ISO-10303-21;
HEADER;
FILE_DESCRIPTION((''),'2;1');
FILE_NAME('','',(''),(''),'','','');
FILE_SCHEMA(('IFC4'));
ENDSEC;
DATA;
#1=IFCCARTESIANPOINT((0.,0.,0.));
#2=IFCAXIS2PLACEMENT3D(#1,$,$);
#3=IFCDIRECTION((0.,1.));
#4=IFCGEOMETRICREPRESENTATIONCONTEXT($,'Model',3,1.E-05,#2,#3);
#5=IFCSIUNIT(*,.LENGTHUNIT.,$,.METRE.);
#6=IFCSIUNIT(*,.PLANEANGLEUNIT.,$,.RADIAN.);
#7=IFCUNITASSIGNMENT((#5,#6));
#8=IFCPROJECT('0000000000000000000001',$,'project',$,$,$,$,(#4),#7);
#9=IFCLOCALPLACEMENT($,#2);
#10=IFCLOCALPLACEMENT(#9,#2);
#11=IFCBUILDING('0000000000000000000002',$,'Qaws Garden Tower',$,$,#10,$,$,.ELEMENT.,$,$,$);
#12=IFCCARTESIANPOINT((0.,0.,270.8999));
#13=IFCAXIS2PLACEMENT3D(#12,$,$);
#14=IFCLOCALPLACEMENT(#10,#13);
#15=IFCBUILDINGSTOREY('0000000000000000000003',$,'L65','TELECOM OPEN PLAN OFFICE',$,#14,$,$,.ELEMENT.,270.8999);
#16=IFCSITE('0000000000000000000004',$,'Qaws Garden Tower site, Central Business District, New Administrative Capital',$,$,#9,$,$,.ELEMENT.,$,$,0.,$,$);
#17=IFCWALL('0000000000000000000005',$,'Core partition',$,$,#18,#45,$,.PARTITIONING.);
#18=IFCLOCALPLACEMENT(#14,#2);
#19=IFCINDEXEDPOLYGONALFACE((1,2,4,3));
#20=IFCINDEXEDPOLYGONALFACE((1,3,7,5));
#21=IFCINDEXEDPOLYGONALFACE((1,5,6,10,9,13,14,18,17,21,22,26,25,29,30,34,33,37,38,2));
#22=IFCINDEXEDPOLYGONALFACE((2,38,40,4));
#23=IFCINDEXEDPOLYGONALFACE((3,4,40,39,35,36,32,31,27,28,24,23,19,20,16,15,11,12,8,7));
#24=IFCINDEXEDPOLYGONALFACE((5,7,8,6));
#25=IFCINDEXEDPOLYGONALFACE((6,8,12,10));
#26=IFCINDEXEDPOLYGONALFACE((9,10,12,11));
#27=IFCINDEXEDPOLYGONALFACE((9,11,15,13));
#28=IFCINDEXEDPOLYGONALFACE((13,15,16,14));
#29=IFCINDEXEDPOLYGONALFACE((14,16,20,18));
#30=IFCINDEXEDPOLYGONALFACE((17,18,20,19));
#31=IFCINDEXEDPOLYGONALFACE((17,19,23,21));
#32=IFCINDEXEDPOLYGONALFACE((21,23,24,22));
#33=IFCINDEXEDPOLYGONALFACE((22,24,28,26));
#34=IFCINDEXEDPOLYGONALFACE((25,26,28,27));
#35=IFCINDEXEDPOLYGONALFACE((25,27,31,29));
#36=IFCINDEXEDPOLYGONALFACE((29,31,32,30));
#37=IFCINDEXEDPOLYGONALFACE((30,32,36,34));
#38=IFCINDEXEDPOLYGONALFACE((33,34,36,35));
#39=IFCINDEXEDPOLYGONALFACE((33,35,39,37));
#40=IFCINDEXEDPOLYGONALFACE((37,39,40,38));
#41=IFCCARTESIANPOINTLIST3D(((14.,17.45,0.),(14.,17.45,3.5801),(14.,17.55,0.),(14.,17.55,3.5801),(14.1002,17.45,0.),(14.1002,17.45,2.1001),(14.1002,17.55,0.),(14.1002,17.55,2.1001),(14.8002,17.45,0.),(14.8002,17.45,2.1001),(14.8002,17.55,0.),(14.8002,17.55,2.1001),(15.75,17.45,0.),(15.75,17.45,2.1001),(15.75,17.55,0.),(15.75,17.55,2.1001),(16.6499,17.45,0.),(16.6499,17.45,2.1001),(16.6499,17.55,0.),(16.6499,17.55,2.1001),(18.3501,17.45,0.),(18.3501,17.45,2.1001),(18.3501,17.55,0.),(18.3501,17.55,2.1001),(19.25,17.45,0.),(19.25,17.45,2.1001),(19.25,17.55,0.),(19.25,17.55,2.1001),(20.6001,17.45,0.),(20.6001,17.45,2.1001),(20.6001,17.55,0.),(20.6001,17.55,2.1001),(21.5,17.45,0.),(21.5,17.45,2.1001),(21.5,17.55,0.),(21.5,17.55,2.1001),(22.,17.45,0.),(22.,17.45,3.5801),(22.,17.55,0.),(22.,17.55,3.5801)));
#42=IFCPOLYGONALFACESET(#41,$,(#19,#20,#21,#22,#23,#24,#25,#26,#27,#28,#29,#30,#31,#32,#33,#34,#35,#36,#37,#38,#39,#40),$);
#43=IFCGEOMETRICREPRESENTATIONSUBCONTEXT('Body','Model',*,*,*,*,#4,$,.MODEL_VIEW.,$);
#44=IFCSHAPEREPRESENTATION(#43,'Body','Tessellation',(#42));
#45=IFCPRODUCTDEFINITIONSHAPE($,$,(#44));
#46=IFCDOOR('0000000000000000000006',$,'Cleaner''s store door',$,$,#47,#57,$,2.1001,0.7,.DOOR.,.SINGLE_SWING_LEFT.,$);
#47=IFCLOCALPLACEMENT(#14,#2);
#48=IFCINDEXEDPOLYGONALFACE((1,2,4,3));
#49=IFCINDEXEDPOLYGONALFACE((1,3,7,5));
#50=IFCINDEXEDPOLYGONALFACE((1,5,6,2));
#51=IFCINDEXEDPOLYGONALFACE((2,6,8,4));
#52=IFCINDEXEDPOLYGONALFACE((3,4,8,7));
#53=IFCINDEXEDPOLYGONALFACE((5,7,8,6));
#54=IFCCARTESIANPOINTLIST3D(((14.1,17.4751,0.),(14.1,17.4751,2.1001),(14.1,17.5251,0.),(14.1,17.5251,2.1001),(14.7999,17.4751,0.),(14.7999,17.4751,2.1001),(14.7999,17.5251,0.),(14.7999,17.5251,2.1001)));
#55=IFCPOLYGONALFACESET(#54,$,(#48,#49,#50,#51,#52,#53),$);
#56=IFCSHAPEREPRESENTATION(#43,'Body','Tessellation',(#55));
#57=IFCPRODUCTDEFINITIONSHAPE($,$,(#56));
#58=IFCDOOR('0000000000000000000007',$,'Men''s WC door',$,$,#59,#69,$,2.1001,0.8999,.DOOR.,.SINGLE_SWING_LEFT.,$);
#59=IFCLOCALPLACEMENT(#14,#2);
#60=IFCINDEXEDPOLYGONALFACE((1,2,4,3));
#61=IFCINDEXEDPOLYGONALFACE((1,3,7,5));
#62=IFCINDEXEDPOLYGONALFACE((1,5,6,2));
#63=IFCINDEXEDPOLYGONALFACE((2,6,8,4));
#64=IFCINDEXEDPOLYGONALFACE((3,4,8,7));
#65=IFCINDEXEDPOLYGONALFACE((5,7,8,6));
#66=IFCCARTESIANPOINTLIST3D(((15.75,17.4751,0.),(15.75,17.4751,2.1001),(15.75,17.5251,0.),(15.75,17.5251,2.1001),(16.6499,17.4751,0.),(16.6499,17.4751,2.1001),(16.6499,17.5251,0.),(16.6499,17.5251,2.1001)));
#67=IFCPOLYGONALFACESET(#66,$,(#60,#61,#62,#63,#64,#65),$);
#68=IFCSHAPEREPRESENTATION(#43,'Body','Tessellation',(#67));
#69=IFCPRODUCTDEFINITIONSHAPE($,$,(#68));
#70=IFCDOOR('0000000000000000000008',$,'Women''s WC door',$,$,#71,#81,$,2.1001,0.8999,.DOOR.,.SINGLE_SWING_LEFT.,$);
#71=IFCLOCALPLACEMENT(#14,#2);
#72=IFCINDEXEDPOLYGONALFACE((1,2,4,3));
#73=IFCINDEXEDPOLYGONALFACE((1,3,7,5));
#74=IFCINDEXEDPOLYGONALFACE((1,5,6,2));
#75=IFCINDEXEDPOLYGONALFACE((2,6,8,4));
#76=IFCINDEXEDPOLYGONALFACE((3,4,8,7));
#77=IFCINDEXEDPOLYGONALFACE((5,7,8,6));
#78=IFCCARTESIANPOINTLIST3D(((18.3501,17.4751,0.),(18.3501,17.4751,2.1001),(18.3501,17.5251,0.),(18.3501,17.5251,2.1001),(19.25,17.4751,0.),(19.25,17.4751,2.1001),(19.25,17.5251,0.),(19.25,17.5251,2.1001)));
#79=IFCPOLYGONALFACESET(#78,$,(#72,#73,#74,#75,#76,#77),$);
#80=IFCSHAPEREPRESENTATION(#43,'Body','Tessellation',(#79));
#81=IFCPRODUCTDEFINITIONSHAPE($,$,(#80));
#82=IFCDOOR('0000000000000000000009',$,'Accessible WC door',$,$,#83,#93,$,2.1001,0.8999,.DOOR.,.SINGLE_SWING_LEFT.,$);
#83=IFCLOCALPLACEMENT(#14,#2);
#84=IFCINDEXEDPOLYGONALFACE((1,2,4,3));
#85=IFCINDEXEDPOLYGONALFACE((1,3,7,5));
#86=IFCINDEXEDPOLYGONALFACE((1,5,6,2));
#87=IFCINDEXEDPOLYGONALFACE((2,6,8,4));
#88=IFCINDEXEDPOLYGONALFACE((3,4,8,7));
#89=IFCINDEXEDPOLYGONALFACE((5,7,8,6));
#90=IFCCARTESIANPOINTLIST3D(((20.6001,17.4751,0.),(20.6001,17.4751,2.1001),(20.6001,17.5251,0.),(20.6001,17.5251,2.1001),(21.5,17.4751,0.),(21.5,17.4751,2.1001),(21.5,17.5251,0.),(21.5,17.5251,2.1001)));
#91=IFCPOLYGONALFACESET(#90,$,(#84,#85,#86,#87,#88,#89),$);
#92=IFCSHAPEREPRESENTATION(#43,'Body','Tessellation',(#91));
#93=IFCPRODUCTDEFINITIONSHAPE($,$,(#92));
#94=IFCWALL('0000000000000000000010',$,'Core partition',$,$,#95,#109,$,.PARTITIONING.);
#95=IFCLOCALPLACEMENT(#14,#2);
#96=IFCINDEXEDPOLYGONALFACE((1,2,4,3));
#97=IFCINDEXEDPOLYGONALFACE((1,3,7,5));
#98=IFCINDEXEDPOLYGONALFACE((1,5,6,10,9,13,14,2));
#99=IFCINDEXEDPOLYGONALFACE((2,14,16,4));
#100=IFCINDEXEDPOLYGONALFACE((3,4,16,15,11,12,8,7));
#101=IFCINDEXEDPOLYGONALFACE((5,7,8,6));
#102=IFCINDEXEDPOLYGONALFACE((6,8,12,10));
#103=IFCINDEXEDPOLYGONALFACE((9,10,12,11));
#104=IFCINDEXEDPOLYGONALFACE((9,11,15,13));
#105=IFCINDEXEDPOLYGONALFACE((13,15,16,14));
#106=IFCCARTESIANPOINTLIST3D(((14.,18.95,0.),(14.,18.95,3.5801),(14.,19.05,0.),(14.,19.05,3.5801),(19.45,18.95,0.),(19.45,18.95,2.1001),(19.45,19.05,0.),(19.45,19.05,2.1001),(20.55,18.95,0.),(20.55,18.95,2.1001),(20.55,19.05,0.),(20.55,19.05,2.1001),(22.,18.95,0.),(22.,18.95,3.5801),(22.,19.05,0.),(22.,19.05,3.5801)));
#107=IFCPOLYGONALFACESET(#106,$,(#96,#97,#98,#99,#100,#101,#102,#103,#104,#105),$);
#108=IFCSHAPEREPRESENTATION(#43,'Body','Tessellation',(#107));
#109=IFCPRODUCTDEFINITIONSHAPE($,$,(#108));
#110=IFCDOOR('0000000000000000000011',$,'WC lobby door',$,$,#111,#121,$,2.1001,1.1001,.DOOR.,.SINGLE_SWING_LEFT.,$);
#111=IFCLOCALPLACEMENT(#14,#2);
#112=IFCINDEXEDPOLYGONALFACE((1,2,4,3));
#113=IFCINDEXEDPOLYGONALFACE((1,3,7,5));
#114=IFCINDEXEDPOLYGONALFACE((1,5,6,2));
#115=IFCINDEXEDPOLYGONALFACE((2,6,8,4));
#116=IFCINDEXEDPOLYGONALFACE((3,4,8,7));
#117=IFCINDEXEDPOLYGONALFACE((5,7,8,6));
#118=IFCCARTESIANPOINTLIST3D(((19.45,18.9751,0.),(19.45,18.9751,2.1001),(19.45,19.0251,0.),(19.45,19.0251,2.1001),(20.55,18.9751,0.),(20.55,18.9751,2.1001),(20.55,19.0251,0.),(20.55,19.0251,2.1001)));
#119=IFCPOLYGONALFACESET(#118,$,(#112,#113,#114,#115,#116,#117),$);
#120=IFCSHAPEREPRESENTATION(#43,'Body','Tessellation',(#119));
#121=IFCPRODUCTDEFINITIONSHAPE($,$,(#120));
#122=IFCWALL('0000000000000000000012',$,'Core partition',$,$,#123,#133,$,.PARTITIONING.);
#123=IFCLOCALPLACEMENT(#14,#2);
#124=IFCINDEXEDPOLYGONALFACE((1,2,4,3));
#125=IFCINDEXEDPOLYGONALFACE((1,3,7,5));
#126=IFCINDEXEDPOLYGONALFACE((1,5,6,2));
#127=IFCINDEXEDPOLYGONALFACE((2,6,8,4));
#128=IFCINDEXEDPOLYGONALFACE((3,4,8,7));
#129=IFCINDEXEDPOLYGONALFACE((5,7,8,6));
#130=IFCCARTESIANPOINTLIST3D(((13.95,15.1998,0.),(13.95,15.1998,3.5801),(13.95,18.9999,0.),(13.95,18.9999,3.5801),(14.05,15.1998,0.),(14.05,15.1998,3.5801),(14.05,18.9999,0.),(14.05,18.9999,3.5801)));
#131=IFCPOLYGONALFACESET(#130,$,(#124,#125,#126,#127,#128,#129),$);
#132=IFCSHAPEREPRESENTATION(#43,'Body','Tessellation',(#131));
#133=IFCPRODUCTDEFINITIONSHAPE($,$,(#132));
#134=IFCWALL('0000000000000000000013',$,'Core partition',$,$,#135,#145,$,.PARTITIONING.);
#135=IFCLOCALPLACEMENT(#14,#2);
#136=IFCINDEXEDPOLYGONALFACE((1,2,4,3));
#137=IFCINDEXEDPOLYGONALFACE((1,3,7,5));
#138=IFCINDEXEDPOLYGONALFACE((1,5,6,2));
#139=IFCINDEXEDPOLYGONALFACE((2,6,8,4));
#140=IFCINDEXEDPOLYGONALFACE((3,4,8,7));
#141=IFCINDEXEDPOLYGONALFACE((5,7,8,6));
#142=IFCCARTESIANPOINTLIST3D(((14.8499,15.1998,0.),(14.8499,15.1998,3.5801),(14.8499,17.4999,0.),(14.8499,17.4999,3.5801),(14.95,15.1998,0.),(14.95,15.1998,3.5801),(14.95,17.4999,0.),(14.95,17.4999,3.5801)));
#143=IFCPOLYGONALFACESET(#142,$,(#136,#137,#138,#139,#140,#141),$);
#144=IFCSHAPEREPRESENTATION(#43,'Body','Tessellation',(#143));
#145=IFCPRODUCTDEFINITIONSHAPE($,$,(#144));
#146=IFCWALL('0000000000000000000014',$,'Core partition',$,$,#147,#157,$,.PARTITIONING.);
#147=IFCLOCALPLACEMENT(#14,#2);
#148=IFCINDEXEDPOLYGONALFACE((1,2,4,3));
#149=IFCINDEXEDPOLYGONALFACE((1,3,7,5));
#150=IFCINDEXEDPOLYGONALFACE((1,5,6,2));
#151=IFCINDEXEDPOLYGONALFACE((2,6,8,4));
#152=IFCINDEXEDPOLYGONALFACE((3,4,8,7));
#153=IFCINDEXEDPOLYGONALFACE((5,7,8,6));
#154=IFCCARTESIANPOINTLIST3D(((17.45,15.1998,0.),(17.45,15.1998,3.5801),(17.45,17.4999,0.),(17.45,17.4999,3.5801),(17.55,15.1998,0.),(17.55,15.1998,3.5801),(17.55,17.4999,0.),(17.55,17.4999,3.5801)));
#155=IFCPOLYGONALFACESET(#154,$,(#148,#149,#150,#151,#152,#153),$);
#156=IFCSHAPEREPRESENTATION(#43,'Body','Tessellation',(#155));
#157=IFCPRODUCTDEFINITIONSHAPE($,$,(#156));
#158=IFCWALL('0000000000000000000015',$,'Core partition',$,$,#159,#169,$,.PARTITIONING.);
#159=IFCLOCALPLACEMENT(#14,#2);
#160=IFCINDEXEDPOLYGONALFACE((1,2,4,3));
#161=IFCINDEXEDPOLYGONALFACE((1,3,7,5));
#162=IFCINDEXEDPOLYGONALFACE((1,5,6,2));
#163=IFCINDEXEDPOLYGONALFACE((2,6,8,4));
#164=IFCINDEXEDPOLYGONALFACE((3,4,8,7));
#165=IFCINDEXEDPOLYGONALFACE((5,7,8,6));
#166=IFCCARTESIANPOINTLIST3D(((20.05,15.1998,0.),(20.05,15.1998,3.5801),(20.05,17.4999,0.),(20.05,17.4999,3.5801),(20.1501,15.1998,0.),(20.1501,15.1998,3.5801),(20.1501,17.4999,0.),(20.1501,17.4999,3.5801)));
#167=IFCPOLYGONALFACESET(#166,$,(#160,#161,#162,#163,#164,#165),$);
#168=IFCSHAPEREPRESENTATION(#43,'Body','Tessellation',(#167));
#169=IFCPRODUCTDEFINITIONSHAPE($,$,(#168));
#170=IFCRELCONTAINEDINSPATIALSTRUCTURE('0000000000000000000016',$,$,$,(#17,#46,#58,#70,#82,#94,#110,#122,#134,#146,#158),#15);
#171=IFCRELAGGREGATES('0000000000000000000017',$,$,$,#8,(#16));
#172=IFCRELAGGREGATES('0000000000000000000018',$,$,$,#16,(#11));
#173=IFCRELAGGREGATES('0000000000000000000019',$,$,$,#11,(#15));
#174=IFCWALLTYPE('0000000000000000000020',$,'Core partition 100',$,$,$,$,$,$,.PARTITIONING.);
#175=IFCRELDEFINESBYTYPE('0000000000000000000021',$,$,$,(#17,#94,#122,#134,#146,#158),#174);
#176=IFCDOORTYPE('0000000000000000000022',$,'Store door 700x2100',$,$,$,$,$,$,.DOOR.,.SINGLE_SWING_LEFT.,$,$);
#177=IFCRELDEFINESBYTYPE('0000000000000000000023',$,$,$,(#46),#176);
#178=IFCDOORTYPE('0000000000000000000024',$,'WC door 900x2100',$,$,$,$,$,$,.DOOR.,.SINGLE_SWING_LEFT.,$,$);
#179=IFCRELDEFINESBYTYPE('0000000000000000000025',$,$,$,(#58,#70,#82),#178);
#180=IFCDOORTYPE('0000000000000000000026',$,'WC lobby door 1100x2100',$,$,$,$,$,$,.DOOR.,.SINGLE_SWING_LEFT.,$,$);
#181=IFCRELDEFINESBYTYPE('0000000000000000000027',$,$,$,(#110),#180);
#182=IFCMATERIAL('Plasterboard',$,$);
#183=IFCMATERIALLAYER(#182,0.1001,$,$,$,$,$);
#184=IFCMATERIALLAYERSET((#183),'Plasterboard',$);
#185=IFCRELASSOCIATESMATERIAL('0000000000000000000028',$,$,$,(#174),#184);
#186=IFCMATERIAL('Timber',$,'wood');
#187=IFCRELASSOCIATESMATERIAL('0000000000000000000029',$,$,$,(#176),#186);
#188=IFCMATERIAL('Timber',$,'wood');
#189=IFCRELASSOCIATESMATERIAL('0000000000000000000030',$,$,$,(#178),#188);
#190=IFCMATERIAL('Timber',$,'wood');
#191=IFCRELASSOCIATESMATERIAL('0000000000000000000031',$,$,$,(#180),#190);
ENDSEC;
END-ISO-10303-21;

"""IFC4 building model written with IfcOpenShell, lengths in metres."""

from ifc_helpers import new_model, si_unit, direction, frame, frame_2d, origin, place, context, subcontext, project, spatial, rectangle, extrude, material, layer, layer_set, type_object, element, fill, save


model = new_model("IFC4")

# Units and contexts
model_context = context("Model", 3, precision=1e-05, world=origin(), true_north=direction((0.0, 1.0)))
body_context = subcontext(model_context, "Body", "Model", "MODEL_VIEW")
ifc_project = project(units=[si_unit("LENGTHUNIT", "METRE"), si_unit("PLANEANGLEUNIT", "RADIAN")], contexts=[model_context])

# Site, building, storey
site_placement = place(None, origin())
site = spatial("IfcSite", under=ifc_project, at=site_placement, Name="Qaws Garden Tower site, Central Business District, New Administrative Capital", CompositionType="ELEMENT", RefElevation=0.0)
building_placement = place(site_placement, origin())
building = spatial("IfcBuilding", under=site, at=building_placement, Name="Qaws Garden Tower", CompositionType="ELEMENT")
storey_placement = place(building_placement, frame((0.0, 0.0, 270.8999)))
storey = spatial("IfcBuildingStorey", under=building, at=storey_placement, Name="L65", Description="TELECOM OPEN PLAN OFFICE", CompositionType="ELEMENT", Elevation=270.8999)

# Wall, openings, doors
ifc_material_1 = material(Name="Plasterboard")
ifc_layer_1 = layer(ifc_material_1, 0.1001)
ifc_layer_set_1 = layer_set([ifc_layer_1], Name="Plasterboard")
wall_type_1 = type_object("IfcWallType", Name="Core partition 100", PredefinedType="PARTITIONING", material=ifc_layer_set_1)
wall_1_placement = place(storey_placement, frame((14.0, 17.5, 0.0), z_axis=(0.0, 0.0, 1.0), x_axis=(1.0, 0.0, 0.0)))
wall_1 = element("IfcWall", 1, at=wall_1_placement, inside=storey, type_object=wall_type_1, Name="Core partition", PredefinedType="PARTITIONING", context=body_context, shape_type="SweptSolid", body=[
    extrude(rectangle(XDim=8.0, YDim=0.1001, at=frame_2d((4.0, 0.0))), origin(), (0.0, 0.0, 1.0), 3.5801),
])
opening_1_placement = place(wall_1_placement, frame((0.1001, 0.0, 0.0)))
opening_1 = element("IfcOpeningElement", 2, at=opening_1_placement, cuts=wall_1, PredefinedType="OPENING", context=body_context, shape_type="SweptSolid", body=[
    extrude(rectangle(XDim=0.7, YDim=2.1001, at=frame_2d((0.3501, 1.05))), frame((0.0, 0.0601, 0.0), z_axis=(0.0, -1.0, 0.0), x_axis=(1.0, 0.0, 0.0)), (0.0, 0.0, 1.0), 0.1201),
])
opening_2_placement = place(wall_1_placement, frame((1.75, 0.0, 0.0)))
opening_2 = element("IfcOpeningElement", 3, at=opening_2_placement, cuts=wall_1, PredefinedType="OPENING", context=body_context, shape_type="SweptSolid", body=[
    extrude(rectangle(XDim=0.8999, YDim=2.1001, at=frame_2d((0.45, 1.05))), frame((0.0, 0.0601, 0.0), z_axis=(0.0, -1.0, 0.0), x_axis=(1.0, 0.0, 0.0)), (0.0, 0.0, 1.0), 0.1201),
])
opening_3_placement = place(wall_1_placement, frame((4.3501, 0.0, 0.0)))
opening_3 = element("IfcOpeningElement", 4, at=opening_3_placement, cuts=wall_1, PredefinedType="OPENING", context=body_context, shape_type="SweptSolid", body=[
    extrude(rectangle(XDim=0.8999, YDim=2.1001, at=frame_2d((0.45, 1.05))), frame((0.0, 0.0601, 0.0), z_axis=(0.0, -1.0, 0.0), x_axis=(1.0, 0.0, 0.0)), (0.0, 0.0, 1.0), 0.1201),
])
opening_4_placement = place(wall_1_placement, frame((6.6001, 0.0, 0.0)))
opening_4 = element("IfcOpeningElement", 5, at=opening_4_placement, cuts=wall_1, PredefinedType="OPENING", context=body_context, shape_type="SweptSolid", body=[
    extrude(rectangle(XDim=0.8999, YDim=2.1001, at=frame_2d((0.45, 1.05))), frame((0.0, 0.0601, 0.0), z_axis=(0.0, -1.0, 0.0), x_axis=(1.0, 0.0, 0.0)), (0.0, 0.0, 1.0), 0.1201),
])
ifc_material_2 = material(Name="Timber", Category="wood")
door_type_1 = type_object("IfcDoorType", Name="Store door 700x2100", OperationType="SINGLE_SWING_LEFT", PredefinedType="DOOR", material=ifc_material_2)
door_1_placement = place(opening_1_placement, frame((0.7, 0.0, 0.0), z_axis=(0.0, 0.0, 1.0), x_axis=(-1.0, 0.0, 0.0)))
door_1 = element("IfcDoor", 6, at=door_1_placement, inside=storey, type_object=door_type_1, Name="Cleaner's store door", OperationType="SINGLE_SWING_LEFT", OverallHeight=2.1001, OverallWidth=0.7, PredefinedType="DOOR", context=body_context, shape_type="SweptSolid", body=[
    extrude(rectangle(XDim=0.7, YDim=2.1001, at=frame_2d((0.3501, 1.05))), frame((0.0, 0.0249, 0.0), z_axis=(0.0, -1.0, 0.0), x_axis=(1.0, 0.0, 0.0)), (0.0, 0.0, 1.0), 0.05),
])
fill(opening_1, door_1)
ifc_material_3 = material(Name="Timber", Category="wood")
door_type_2 = type_object("IfcDoorType", Name="WC door 900x2100", OperationType="SINGLE_SWING_LEFT", PredefinedType="DOOR", material=ifc_material_3)
door_2_placement = place(opening_2_placement, frame((0.8999, 0.0, 0.0), z_axis=(0.0, 0.0, 1.0), x_axis=(-1.0, 0.0, 0.0)))
door_2 = element("IfcDoor", 7, at=door_2_placement, inside=storey, type_object=door_type_2, Name="Men's WC door", OperationType="SINGLE_SWING_LEFT", OverallHeight=2.1001, OverallWidth=0.8999, PredefinedType="DOOR", context=body_context, shape_type="SweptSolid", body=[
    extrude(rectangle(XDim=0.8999, YDim=2.1001, at=frame_2d((0.45, 1.05))), frame((0.0, 0.0249, 0.0), z_axis=(0.0, -1.0, 0.0), x_axis=(1.0, 0.0, 0.0)), (0.0, 0.0, 1.0), 0.05),
])
fill(opening_2, door_2)
door_3_placement = place(opening_3_placement, frame((0.8999, 0.0, 0.0), z_axis=(0.0, 0.0, 1.0), x_axis=(-1.0, 0.0, 0.0)))
door_3 = element("IfcDoor", 8, at=door_3_placement, inside=storey, type_object=door_type_2, Name="Women's WC door", OperationType="SINGLE_SWING_LEFT", OverallHeight=2.1001, OverallWidth=0.8999, PredefinedType="DOOR", context=body_context, shape_type="SweptSolid", body=[
    extrude(rectangle(XDim=0.8999, YDim=2.1001, at=frame_2d((0.45, 1.05))), frame((0.0, 0.0249, 0.0), z_axis=(0.0, -1.0, 0.0), x_axis=(1.0, 0.0, 0.0)), (0.0, 0.0, 1.0), 0.05),
])
fill(opening_3, door_3)
door_4_placement = place(opening_4_placement, frame((0.8999, 0.0, 0.0), z_axis=(0.0, 0.0, 1.0), x_axis=(-1.0, 0.0, 0.0)))
door_4 = element("IfcDoor", 9, at=door_4_placement, inside=storey, type_object=door_type_2, Name="Accessible WC door", OperationType="SINGLE_SWING_LEFT", OverallHeight=2.1001, OverallWidth=0.8999, PredefinedType="DOOR", context=body_context, shape_type="SweptSolid", body=[
    extrude(rectangle(XDim=0.8999, YDim=2.1001, at=frame_2d((0.45, 1.05))), frame((0.0, 0.0249, 0.0), z_axis=(0.0, -1.0, 0.0), x_axis=(1.0, 0.0, 0.0)), (0.0, 0.0, 1.0), 0.05),
])
fill(opening_4, door_4)

# Wall, opening, door
wall_2_placement = place(storey_placement, frame((14.0, 19.0, 0.0), z_axis=(0.0, 0.0, 1.0), x_axis=(1.0, 0.0, 0.0)))
wall_2 = element("IfcWall", 10, at=wall_2_placement, inside=storey, type_object=wall_type_1, Name="Core partition", PredefinedType="PARTITIONING", context=body_context, shape_type="SweptSolid", body=[
    extrude(rectangle(XDim=8.0, YDim=0.1001, at=frame_2d((4.0, 0.0))), origin(), (0.0, 0.0, 1.0), 3.5801),
])
opening_5_placement = place(wall_2_placement, frame((5.45, 0.0, 0.0)))
opening_5 = element("IfcOpeningElement", 11, at=opening_5_placement, cuts=wall_2, PredefinedType="OPENING", context=body_context, shape_type="SweptSolid", body=[
    extrude(rectangle(XDim=1.1001, YDim=2.1001, at=frame_2d((0.55, 1.05))), frame((0.0, 0.0601, 0.0), z_axis=(0.0, -1.0, 0.0), x_axis=(1.0, 0.0, 0.0)), (0.0, 0.0, 1.0), 0.1201),
])
ifc_material_4 = material(Name="Timber", Category="wood")
door_type_3 = type_object("IfcDoorType", Name="WC lobby door 1100x2100", OperationType="SINGLE_SWING_LEFT", PredefinedType="DOOR", material=ifc_material_4)
door_5_placement = place(opening_5_placement, frame((1.1001, 0.0, 0.0), z_axis=(0.0, 0.0, 1.0), x_axis=(-1.0, 0.0, 0.0)))
door_5 = element("IfcDoor", 12, at=door_5_placement, inside=storey, type_object=door_type_3, Name="WC lobby door", OperationType="SINGLE_SWING_LEFT", OverallHeight=2.1001, OverallWidth=1.1001, PredefinedType="DOOR", context=body_context, shape_type="SweptSolid", body=[
    extrude(rectangle(XDim=1.1001, YDim=2.1001, at=frame_2d((0.55, 1.05))), frame((0.0, 0.0249, 0.0), z_axis=(0.0, -1.0, 0.0), x_axis=(1.0, 0.0, 0.0)), (0.0, 0.0, 1.0), 0.05),
])
fill(opening_5, door_5)

# Walls
wall_3_placement = place(storey_placement, frame((14.0, 15.2, 0.0), z_axis=(0.0, 0.0, 1.0), x_axis=(0.0, 1.0, 0.0)))
element("IfcWall", 13, at=wall_3_placement, inside=storey, type_object=wall_type_1, Name="Core partition", PredefinedType="PARTITIONING", context=body_context, shape_type="SweptSolid", body=[
    extrude(rectangle(XDim=3.8, YDim=0.1001, at=frame_2d((1.8999, 0.0))), origin(), (0.0, 0.0, 1.0), 3.5801),
])
for number, where, z_axis, x_axis, name in (
    (14, (14.8999, 15.2, 0.0), (0.0, 0.0, 1.0), (0.0, 1.0, 0.0), "Core partition"),
    (15, (17.5, 15.2, 0.0), (0.0, 0.0, 1.0), (0.0, 1.0, 0.0), "Core partition"),
    (16, (20.1001, 15.2, 0.0), (0.0, 0.0, 1.0), (0.0, 1.0, 0.0), "Core partition"),
):
    element("IfcWall", number, at=place(storey_placement, frame(where, z_axis=z_axis, x_axis=x_axis)), inside=storey, type_object=wall_type_1, Name=name, PredefinedType="PARTITIONING", context=body_context, shape_type="SweptSolid", body=[
        extrude(rectangle(XDim=2.3, YDim=0.1001, at=frame_2d((1.1499, 0.0))), origin(), (0.0, 0.0, 1.0), 3.5801),
    ])

save(model, "model.ifc")
